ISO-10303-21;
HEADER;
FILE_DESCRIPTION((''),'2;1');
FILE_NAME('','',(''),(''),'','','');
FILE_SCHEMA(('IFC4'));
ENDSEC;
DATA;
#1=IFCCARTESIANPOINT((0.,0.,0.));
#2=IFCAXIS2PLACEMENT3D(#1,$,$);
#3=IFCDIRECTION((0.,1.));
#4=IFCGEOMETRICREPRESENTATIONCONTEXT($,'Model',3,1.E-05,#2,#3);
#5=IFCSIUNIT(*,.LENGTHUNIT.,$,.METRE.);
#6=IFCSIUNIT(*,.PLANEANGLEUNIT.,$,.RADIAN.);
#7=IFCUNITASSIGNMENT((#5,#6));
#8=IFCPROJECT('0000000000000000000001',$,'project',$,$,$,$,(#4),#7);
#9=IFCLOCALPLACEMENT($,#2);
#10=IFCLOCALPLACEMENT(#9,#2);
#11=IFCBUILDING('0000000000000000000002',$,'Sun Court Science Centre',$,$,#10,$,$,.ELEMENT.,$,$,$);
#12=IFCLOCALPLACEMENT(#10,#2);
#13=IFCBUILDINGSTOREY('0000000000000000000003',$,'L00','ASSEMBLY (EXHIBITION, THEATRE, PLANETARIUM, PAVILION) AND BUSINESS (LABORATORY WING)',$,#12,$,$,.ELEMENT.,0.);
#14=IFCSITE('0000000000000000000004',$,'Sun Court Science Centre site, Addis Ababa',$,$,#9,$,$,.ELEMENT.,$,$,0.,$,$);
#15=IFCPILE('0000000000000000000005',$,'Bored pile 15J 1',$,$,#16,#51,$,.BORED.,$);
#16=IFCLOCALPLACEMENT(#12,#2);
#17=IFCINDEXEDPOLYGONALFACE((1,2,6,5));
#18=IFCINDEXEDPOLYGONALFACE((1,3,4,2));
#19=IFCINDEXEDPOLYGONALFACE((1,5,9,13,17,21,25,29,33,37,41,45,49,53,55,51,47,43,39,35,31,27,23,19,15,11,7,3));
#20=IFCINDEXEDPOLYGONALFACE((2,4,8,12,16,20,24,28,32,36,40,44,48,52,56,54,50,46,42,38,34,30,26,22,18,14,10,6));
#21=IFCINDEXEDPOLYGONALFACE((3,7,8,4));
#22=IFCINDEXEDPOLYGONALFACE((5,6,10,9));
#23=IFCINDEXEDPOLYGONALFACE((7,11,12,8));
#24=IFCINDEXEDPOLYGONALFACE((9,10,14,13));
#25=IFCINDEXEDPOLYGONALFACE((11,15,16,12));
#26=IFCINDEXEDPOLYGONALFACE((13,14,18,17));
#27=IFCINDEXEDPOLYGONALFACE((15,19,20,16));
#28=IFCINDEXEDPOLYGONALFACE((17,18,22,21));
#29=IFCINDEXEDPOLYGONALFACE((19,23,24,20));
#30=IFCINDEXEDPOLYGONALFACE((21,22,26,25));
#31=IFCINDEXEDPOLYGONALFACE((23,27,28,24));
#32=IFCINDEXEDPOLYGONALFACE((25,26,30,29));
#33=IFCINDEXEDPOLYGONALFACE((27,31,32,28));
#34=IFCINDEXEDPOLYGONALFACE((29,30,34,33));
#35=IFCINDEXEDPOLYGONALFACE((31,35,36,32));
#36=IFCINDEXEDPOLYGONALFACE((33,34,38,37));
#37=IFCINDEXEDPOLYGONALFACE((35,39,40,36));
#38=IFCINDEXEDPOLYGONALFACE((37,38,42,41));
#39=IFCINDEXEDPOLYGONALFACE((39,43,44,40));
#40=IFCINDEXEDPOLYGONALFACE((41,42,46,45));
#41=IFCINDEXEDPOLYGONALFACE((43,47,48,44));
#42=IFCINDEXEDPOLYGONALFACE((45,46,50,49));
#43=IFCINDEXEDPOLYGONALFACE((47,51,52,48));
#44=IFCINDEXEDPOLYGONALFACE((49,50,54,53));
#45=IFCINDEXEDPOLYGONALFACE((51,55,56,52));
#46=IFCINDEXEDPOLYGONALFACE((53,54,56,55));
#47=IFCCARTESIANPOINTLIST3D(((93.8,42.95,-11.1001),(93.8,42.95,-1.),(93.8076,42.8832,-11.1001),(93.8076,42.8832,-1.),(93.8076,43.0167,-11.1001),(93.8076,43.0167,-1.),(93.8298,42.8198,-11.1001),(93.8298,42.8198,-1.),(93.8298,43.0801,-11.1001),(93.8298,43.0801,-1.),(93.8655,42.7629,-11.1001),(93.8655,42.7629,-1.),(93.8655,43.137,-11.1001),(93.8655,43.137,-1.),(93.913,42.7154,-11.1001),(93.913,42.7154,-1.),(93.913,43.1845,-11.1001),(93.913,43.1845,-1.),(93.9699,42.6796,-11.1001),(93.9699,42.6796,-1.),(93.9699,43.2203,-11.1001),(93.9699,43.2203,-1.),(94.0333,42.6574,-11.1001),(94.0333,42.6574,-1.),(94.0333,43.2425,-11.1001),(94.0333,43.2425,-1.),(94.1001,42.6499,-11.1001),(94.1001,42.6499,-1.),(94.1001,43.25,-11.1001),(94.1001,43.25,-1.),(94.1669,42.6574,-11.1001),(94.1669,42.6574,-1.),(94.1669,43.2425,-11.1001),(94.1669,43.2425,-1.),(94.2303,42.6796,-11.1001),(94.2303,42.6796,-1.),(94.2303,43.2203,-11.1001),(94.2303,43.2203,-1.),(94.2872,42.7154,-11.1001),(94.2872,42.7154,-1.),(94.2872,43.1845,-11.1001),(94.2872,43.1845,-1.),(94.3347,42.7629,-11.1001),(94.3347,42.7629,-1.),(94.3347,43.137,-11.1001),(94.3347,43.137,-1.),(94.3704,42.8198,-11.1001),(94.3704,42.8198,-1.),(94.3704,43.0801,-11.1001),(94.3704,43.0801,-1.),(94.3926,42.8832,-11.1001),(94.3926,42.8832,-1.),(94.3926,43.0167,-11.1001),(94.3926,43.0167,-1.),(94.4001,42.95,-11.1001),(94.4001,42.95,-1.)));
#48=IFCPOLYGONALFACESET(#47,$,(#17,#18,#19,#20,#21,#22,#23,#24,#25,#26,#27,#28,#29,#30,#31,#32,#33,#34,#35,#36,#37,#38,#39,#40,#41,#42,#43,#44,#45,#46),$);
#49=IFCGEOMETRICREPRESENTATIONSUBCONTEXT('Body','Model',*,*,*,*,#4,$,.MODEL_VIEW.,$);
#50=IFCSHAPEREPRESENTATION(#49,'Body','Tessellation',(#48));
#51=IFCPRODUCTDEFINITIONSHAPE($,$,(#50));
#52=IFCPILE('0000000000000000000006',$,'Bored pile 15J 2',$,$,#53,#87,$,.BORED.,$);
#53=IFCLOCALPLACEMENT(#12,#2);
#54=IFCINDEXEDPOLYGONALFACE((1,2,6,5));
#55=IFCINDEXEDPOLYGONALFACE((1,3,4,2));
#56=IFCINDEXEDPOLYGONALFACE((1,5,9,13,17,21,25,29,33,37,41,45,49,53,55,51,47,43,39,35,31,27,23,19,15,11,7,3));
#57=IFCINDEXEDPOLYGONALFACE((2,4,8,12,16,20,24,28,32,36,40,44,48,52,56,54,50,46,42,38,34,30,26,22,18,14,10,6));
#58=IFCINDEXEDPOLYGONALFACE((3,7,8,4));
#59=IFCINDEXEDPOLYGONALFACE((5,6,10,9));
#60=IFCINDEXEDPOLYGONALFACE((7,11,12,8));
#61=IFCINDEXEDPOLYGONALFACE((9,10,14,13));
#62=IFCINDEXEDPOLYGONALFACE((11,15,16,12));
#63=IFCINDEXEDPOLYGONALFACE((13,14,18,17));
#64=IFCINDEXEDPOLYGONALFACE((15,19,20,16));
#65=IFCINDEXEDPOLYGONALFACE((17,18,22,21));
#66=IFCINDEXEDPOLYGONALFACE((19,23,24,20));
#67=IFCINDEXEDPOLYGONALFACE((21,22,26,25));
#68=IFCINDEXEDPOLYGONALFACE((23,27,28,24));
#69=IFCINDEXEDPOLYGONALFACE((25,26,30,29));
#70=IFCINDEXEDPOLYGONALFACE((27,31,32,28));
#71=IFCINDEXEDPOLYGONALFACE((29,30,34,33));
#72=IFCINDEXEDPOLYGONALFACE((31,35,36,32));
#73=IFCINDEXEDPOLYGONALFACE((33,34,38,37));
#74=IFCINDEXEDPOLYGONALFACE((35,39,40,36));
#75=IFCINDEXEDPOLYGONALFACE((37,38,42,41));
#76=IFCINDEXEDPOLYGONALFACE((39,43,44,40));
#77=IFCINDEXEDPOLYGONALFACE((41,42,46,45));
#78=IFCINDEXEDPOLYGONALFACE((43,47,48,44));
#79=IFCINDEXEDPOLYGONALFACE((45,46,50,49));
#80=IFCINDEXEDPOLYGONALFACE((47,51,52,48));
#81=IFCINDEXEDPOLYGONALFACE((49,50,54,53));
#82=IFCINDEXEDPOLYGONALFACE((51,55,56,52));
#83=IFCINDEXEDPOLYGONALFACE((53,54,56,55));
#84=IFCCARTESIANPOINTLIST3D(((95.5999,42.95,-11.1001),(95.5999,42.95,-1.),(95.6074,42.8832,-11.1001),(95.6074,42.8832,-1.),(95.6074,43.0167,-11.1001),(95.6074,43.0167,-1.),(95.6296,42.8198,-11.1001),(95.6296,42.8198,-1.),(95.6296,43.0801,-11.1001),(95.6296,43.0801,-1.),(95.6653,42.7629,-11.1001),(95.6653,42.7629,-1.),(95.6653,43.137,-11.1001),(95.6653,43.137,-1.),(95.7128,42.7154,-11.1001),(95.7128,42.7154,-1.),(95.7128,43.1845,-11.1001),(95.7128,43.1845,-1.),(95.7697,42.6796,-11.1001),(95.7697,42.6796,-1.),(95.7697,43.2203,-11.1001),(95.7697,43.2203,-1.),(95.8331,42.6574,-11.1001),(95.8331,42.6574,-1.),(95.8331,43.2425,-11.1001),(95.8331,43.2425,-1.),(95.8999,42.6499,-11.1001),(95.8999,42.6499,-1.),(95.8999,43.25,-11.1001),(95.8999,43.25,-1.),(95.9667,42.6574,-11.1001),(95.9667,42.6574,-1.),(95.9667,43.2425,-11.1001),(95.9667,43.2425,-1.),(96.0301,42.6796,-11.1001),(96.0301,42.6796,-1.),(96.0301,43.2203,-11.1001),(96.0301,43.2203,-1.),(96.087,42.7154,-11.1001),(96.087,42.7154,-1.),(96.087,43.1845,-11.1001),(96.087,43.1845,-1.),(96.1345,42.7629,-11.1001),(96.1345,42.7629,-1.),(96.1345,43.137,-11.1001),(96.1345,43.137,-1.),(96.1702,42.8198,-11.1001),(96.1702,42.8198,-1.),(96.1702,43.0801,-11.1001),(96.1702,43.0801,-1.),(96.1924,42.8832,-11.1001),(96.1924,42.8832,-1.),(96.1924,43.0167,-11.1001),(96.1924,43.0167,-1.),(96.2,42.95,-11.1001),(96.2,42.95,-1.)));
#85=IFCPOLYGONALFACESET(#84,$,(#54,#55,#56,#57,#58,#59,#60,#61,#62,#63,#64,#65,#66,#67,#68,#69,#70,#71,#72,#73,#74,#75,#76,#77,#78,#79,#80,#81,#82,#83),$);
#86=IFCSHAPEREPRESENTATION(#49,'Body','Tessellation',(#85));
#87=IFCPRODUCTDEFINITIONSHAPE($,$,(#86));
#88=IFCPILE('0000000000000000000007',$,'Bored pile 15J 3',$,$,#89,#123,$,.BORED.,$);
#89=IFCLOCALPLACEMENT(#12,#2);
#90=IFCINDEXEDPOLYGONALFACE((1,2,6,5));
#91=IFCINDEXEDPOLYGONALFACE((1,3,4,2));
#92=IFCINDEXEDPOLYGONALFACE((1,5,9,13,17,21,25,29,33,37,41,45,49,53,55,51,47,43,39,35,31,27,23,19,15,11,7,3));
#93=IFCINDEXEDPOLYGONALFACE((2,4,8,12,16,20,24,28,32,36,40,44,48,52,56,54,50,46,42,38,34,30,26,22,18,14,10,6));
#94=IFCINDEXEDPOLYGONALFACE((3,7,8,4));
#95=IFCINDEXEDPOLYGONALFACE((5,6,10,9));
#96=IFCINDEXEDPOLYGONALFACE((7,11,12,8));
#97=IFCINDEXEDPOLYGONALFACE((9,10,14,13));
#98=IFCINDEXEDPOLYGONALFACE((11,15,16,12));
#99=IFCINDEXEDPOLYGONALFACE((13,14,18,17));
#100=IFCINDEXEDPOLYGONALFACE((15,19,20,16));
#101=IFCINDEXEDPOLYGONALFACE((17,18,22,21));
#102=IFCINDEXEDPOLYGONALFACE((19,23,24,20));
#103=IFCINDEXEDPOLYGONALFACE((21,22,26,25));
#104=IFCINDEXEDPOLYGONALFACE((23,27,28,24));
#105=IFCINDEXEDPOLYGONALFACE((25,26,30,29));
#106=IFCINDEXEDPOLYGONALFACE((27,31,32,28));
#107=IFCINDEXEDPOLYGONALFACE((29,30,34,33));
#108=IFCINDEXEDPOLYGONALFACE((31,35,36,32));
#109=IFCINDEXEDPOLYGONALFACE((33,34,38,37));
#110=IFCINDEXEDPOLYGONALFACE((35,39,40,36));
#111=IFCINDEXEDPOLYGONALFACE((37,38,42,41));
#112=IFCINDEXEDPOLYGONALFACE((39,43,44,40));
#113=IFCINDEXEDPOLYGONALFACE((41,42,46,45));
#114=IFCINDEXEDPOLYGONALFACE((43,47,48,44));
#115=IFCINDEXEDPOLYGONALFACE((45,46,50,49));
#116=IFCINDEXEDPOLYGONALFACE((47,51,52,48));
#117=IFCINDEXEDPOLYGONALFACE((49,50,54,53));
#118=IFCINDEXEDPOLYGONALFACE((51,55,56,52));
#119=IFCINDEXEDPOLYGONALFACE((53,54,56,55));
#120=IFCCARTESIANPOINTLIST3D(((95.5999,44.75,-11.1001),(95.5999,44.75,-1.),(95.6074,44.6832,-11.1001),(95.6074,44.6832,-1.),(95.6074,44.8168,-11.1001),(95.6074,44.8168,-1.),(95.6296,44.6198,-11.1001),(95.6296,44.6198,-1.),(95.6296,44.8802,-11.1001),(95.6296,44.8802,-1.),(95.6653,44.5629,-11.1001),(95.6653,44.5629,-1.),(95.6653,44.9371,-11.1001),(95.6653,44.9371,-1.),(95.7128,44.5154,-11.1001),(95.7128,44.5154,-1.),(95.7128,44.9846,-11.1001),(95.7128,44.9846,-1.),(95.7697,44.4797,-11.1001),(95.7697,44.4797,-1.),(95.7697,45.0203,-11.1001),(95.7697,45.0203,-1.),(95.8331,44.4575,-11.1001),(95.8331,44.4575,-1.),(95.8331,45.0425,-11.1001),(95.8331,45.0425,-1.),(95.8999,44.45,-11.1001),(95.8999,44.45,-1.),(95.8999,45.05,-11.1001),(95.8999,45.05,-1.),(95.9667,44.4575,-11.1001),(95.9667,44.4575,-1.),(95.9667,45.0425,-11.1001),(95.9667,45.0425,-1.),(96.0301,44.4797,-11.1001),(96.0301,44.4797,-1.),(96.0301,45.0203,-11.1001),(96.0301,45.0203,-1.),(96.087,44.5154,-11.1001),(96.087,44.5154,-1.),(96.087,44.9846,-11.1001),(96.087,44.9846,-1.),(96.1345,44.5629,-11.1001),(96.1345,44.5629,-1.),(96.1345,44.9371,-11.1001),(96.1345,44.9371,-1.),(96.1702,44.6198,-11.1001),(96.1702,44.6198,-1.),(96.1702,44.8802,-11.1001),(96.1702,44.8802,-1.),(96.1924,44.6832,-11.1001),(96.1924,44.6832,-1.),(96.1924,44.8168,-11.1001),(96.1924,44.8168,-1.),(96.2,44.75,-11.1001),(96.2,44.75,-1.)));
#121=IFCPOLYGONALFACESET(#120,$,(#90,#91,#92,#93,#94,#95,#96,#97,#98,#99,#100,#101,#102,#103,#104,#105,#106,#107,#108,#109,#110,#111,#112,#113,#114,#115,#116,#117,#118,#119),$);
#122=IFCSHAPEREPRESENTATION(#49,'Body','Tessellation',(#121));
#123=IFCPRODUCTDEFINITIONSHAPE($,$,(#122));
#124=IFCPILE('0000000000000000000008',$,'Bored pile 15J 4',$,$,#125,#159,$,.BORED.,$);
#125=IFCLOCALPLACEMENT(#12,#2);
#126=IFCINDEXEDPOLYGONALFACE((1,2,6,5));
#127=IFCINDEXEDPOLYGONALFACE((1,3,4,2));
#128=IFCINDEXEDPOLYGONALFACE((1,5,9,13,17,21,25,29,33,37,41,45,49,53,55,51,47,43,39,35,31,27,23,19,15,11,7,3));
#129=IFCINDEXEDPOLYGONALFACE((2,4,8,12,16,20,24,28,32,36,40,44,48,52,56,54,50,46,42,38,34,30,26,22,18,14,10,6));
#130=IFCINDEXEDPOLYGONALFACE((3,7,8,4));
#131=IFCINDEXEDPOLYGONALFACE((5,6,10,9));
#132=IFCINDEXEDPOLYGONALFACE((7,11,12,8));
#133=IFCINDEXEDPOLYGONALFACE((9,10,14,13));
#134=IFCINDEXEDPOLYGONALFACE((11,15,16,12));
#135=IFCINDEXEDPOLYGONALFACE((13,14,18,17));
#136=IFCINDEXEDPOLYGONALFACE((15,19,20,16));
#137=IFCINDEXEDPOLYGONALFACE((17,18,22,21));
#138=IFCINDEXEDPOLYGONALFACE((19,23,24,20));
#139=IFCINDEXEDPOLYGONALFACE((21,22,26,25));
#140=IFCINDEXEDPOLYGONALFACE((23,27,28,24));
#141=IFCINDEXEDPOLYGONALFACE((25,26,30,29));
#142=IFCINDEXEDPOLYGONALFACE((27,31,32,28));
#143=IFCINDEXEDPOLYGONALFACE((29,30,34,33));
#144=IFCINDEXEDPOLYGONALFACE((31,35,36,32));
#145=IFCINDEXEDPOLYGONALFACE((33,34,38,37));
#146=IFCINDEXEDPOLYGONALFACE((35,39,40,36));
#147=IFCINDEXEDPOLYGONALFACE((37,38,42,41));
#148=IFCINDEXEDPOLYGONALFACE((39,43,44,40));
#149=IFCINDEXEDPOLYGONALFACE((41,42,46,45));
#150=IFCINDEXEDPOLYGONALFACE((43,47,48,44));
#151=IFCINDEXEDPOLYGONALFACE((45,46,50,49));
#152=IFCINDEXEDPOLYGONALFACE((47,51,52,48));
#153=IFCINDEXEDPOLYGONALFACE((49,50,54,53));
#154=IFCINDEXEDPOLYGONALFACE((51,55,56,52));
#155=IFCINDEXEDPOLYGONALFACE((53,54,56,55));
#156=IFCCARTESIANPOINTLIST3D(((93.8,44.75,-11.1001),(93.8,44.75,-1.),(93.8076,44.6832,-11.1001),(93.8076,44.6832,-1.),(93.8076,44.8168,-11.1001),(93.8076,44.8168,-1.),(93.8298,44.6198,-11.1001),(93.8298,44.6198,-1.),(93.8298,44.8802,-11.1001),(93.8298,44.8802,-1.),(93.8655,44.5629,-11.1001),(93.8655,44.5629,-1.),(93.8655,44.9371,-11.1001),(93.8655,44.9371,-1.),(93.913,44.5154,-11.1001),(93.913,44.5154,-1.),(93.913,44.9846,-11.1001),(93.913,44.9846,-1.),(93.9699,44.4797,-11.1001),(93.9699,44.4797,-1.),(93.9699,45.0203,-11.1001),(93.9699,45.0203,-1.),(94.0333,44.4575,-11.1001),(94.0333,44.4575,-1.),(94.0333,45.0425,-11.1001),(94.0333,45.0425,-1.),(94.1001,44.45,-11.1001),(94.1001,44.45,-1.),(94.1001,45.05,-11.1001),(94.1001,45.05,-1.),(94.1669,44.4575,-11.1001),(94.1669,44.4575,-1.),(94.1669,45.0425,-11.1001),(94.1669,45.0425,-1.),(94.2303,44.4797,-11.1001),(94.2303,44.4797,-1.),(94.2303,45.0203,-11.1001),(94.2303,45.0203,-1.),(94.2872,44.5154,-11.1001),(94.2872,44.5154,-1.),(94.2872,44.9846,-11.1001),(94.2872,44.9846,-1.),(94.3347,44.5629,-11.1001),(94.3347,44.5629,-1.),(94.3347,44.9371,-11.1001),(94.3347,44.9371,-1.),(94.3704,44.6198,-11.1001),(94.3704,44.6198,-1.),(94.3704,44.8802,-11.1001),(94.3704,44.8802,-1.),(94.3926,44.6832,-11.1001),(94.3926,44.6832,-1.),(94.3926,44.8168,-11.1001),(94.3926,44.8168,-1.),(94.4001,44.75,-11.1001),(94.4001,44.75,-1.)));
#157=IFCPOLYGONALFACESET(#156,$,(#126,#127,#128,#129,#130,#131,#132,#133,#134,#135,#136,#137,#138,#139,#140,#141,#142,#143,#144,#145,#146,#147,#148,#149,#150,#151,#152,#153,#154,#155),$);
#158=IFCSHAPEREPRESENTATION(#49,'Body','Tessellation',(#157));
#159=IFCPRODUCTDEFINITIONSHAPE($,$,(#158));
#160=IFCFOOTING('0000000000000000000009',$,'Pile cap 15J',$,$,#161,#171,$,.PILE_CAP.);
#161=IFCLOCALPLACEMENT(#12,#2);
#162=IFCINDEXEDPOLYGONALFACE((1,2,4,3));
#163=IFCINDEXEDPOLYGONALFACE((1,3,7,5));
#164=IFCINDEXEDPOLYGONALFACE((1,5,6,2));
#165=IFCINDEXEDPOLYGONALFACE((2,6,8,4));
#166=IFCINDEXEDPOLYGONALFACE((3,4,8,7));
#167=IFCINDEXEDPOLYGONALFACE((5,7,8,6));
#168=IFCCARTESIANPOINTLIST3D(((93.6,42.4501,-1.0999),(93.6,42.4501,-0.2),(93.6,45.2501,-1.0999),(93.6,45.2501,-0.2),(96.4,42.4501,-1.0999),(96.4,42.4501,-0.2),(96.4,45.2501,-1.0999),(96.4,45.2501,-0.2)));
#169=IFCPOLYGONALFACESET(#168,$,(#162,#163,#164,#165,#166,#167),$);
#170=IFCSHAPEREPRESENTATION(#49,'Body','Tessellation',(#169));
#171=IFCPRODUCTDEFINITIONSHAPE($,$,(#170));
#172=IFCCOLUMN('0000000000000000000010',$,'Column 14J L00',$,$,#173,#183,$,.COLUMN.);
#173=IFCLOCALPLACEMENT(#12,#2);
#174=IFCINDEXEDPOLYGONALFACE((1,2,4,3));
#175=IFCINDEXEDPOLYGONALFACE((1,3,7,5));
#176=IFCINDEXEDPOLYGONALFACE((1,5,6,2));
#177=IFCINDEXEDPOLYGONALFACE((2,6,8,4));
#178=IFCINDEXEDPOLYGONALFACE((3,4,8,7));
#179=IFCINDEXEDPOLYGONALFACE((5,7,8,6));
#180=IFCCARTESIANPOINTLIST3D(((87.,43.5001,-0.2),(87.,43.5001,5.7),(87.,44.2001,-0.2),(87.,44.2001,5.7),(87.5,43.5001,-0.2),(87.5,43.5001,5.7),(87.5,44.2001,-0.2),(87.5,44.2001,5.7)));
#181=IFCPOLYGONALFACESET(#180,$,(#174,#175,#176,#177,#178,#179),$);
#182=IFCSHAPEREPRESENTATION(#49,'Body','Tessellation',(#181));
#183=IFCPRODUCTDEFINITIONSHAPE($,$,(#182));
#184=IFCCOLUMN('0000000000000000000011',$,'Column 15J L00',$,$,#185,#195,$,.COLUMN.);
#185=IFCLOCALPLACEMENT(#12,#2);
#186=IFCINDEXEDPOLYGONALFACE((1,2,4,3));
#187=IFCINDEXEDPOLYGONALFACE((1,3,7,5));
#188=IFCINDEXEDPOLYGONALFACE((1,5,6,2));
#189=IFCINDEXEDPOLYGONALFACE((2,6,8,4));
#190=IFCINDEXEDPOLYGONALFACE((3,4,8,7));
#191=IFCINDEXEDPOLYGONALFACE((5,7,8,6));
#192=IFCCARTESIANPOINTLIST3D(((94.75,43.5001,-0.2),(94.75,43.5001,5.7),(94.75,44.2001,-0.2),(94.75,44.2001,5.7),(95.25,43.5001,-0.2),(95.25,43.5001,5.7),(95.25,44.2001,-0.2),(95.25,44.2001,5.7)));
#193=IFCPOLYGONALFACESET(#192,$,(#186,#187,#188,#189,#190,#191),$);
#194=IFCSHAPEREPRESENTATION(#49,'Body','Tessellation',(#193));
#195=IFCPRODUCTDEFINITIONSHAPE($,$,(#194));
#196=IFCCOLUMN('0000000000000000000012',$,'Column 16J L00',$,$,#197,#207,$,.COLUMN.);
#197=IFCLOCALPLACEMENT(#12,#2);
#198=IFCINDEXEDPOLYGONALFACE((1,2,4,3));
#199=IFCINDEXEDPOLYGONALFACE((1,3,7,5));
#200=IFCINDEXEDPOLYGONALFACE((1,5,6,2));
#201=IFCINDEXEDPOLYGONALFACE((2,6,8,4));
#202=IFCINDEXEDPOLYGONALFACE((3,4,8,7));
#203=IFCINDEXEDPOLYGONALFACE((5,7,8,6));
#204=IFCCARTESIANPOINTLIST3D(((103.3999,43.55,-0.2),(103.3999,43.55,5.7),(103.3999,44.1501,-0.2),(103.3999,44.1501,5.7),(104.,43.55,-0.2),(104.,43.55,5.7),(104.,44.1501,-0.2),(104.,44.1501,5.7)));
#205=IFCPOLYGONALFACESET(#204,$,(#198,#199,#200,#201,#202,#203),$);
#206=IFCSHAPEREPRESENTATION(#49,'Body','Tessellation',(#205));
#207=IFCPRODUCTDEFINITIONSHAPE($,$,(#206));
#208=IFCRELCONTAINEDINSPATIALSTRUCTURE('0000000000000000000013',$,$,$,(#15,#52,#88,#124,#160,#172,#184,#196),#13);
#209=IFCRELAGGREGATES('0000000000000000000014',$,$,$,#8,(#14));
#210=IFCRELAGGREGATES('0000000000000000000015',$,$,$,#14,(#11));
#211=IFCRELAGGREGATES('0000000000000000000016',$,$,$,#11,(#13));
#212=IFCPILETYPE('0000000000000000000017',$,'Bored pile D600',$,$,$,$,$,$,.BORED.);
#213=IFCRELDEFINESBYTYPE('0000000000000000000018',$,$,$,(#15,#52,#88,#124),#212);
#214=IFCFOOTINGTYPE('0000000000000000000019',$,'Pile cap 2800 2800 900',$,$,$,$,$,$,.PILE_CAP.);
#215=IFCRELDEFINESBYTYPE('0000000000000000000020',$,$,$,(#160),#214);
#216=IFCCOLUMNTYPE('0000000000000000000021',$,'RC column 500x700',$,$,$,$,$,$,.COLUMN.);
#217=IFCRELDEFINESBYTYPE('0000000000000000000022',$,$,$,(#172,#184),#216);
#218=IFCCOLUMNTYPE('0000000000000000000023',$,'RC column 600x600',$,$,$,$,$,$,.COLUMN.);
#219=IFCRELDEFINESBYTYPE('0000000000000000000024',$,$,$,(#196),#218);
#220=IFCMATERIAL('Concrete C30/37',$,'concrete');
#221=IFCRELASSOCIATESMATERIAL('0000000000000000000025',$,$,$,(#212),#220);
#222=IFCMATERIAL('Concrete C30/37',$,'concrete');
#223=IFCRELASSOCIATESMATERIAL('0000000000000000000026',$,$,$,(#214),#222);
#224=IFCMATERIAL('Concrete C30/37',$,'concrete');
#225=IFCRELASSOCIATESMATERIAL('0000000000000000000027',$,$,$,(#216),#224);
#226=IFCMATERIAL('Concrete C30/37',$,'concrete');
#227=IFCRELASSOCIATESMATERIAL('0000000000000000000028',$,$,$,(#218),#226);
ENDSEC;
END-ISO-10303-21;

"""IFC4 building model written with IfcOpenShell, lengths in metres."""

from ifc_helpers import new_model, si_unit, direction, frame, origin, origin_2d, place, context, subcontext, project, spatial, rectangle, circle, extrude, material, material_profile, profile_set, type_object, element, save


model = new_model("IFC4")

# Units and contexts
model_context = context("Model", 3, precision=1e-05, world=origin(), true_north=direction((0.0, 1.0)))
body_context = subcontext(model_context, "Body", "Model", "MODEL_VIEW")
ifc_project = project(units=[si_unit("LENGTHUNIT", "METRE"), si_unit("PLANEANGLEUNIT", "RADIAN")], contexts=[model_context])

# Site, building, storey
site_placement = place(None, origin())
site = spatial("IfcSite", under=ifc_project, at=site_placement, Name="Sun Court Science Centre site, Addis Ababa", CompositionType="ELEMENT", RefElevation=0.0)
building_placement = place(site_placement, origin())
building = spatial("IfcBuilding", under=site, at=building_placement, Name="Sun Court Science Centre", CompositionType="ELEMENT")
storey_placement = place(building_placement, origin())
storey = spatial("IfcBuildingStorey", under=building, at=storey_placement, Name="L00", Description="ASSEMBLY (EXHIBITION, THEATRE, PLANETARIUM, PAVILION) AND BUSINESS (LABORATORY WING)", CompositionType="ELEMENT", Elevation=0.0)

# Piles
ifc_material_1 = material(Name="Concrete C30/37", Category="concrete")
ifc_material_profile_1 = material_profile(ifc_material_1, circle(Radius=0.3, at=origin_2d()), Name="RC D600")
ifc_profile_set_1 = profile_set([ifc_material_profile_1], Name="Concrete C30/37")
pile_type = type_object("IfcPileType", Name="Bored pile D600", PredefinedType="BORED", material=ifc_profile_set_1)
for number, where, z_axis, x_axis, name in (
    (1, (94.1001, 42.95, -1.0), (0.0, 0.0, -1.0), (1.0, 0.0, 0.0), "Bored pile 15J 1"),
    (2, (95.8999, 42.95, -1.0), (0.0, 0.0, -1.0), (1.0, 0.0, 0.0), "Bored pile 15J 2"),
    (3, (95.8999, 44.75, -1.0), (0.0, 0.0, -1.0), (1.0, 0.0, 0.0), "Bored pile 15J 3"),
    (4, (94.1001, 44.75, -1.0), (0.0, 0.0, -1.0), (1.0, 0.0, 0.0), "Bored pile 15J 4"),
):
    element("IfcPile", number, at=place(storey_placement, frame(where, z_axis=z_axis, x_axis=x_axis)), inside=storey, type_object=pile_type, Name=name, PredefinedType="BORED", context=body_context, shape_type="SweptSolid", body=[
        extrude(circle(Radius=0.3, at=origin_2d()), origin(), (0.0, 0.0, 1.0), 10.1001),
    ])

# Footing
ifc_material_2 = material(Name="Concrete C30/37", Category="concrete")
footing_type = type_object("IfcFootingType", Name="Pile cap 2800 2800 900", PredefinedType="PILE_CAP", material=ifc_material_2)
footing_placement = place(storey_placement, frame((95.0, 43.8501, -1.0999), z_axis=(0.0, 0.0, 1.0), x_axis=(1.0, 0.0, 0.0)))
element("IfcFooting", 5, at=footing_placement, inside=storey, type_object=footing_type, Name="Pile cap 15J", PredefinedType="PILE_CAP", context=body_context, shape_type="SweptSolid", body=[
    extrude(rectangle(XDim=2.8, YDim=2.8, at=origin_2d()), origin(), (0.0, 0.0, 1.0), 0.8999),
])

# Columns
ifc_material_3 = material(Name="Concrete C30/37", Category="concrete")
ifc_material_profile_2 = material_profile(ifc_material_3, rectangle(XDim=0.5, YDim=0.7, at=origin_2d()), Name="RC 500x700")
ifc_profile_set_2 = profile_set([ifc_material_profile_2], Name="Concrete C30/37")
column_type_1 = type_object("IfcColumnType", Name="RC column 500x700", PredefinedType="COLUMN", material=ifc_profile_set_2)
for number, where, z_axis, x_axis, name in (
    (6, (87.25, 43.8501, -0.2), (0.0, 0.0, 1.0), (1.0, 0.0, 0.0), "Column 14J L00"),
    (7, (95.0, 43.8501, -0.2), (0.0, 0.0, 1.0), (1.0, 0.0, 0.0), "Column 15J L00"),
):
    element("IfcColumn", number, at=place(storey_placement, frame(where, z_axis=z_axis, x_axis=x_axis)), inside=storey, type_object=column_type_1, Name=name, PredefinedType="COLUMN", context=body_context, shape_type="SweptSolid", body=[
        extrude(rectangle(XDim=0.5, YDim=0.7, at=origin_2d()), origin(), (0.0, 0.0, 1.0), 5.8999),
    ])
ifc_material_4 = material(Name="Concrete C30/37", Category="concrete")
ifc_material_profile_3 = material_profile(ifc_material_4, rectangle(XDim=0.6001, YDim=0.6001, at=origin_2d()), Name="RC 600x600")
ifc_profile_set_3 = profile_set([ifc_material_profile_3], Name="Concrete C30/37")
column_type_2 = type_object("IfcColumnType", Name="RC column 600x600", PredefinedType="COLUMN", material=ifc_profile_set_3)
column_placement = place(storey_placement, frame((103.7, 43.8501, -0.2), z_axis=(0.0, 0.0, 1.0), x_axis=(1.0, 0.0, 0.0)))
element("IfcColumn", 8, at=column_placement, inside=storey, type_object=column_type_2, Name="Column 16J L00", PredefinedType="COLUMN", context=body_context, shape_type="SweptSolid", body=[
    extrude(rectangle(XDim=0.6001, YDim=0.6001, at=origin_2d()), origin(), (0.0, 0.0, 1.0), 5.8999),
])

save(model, "model.ifc")
